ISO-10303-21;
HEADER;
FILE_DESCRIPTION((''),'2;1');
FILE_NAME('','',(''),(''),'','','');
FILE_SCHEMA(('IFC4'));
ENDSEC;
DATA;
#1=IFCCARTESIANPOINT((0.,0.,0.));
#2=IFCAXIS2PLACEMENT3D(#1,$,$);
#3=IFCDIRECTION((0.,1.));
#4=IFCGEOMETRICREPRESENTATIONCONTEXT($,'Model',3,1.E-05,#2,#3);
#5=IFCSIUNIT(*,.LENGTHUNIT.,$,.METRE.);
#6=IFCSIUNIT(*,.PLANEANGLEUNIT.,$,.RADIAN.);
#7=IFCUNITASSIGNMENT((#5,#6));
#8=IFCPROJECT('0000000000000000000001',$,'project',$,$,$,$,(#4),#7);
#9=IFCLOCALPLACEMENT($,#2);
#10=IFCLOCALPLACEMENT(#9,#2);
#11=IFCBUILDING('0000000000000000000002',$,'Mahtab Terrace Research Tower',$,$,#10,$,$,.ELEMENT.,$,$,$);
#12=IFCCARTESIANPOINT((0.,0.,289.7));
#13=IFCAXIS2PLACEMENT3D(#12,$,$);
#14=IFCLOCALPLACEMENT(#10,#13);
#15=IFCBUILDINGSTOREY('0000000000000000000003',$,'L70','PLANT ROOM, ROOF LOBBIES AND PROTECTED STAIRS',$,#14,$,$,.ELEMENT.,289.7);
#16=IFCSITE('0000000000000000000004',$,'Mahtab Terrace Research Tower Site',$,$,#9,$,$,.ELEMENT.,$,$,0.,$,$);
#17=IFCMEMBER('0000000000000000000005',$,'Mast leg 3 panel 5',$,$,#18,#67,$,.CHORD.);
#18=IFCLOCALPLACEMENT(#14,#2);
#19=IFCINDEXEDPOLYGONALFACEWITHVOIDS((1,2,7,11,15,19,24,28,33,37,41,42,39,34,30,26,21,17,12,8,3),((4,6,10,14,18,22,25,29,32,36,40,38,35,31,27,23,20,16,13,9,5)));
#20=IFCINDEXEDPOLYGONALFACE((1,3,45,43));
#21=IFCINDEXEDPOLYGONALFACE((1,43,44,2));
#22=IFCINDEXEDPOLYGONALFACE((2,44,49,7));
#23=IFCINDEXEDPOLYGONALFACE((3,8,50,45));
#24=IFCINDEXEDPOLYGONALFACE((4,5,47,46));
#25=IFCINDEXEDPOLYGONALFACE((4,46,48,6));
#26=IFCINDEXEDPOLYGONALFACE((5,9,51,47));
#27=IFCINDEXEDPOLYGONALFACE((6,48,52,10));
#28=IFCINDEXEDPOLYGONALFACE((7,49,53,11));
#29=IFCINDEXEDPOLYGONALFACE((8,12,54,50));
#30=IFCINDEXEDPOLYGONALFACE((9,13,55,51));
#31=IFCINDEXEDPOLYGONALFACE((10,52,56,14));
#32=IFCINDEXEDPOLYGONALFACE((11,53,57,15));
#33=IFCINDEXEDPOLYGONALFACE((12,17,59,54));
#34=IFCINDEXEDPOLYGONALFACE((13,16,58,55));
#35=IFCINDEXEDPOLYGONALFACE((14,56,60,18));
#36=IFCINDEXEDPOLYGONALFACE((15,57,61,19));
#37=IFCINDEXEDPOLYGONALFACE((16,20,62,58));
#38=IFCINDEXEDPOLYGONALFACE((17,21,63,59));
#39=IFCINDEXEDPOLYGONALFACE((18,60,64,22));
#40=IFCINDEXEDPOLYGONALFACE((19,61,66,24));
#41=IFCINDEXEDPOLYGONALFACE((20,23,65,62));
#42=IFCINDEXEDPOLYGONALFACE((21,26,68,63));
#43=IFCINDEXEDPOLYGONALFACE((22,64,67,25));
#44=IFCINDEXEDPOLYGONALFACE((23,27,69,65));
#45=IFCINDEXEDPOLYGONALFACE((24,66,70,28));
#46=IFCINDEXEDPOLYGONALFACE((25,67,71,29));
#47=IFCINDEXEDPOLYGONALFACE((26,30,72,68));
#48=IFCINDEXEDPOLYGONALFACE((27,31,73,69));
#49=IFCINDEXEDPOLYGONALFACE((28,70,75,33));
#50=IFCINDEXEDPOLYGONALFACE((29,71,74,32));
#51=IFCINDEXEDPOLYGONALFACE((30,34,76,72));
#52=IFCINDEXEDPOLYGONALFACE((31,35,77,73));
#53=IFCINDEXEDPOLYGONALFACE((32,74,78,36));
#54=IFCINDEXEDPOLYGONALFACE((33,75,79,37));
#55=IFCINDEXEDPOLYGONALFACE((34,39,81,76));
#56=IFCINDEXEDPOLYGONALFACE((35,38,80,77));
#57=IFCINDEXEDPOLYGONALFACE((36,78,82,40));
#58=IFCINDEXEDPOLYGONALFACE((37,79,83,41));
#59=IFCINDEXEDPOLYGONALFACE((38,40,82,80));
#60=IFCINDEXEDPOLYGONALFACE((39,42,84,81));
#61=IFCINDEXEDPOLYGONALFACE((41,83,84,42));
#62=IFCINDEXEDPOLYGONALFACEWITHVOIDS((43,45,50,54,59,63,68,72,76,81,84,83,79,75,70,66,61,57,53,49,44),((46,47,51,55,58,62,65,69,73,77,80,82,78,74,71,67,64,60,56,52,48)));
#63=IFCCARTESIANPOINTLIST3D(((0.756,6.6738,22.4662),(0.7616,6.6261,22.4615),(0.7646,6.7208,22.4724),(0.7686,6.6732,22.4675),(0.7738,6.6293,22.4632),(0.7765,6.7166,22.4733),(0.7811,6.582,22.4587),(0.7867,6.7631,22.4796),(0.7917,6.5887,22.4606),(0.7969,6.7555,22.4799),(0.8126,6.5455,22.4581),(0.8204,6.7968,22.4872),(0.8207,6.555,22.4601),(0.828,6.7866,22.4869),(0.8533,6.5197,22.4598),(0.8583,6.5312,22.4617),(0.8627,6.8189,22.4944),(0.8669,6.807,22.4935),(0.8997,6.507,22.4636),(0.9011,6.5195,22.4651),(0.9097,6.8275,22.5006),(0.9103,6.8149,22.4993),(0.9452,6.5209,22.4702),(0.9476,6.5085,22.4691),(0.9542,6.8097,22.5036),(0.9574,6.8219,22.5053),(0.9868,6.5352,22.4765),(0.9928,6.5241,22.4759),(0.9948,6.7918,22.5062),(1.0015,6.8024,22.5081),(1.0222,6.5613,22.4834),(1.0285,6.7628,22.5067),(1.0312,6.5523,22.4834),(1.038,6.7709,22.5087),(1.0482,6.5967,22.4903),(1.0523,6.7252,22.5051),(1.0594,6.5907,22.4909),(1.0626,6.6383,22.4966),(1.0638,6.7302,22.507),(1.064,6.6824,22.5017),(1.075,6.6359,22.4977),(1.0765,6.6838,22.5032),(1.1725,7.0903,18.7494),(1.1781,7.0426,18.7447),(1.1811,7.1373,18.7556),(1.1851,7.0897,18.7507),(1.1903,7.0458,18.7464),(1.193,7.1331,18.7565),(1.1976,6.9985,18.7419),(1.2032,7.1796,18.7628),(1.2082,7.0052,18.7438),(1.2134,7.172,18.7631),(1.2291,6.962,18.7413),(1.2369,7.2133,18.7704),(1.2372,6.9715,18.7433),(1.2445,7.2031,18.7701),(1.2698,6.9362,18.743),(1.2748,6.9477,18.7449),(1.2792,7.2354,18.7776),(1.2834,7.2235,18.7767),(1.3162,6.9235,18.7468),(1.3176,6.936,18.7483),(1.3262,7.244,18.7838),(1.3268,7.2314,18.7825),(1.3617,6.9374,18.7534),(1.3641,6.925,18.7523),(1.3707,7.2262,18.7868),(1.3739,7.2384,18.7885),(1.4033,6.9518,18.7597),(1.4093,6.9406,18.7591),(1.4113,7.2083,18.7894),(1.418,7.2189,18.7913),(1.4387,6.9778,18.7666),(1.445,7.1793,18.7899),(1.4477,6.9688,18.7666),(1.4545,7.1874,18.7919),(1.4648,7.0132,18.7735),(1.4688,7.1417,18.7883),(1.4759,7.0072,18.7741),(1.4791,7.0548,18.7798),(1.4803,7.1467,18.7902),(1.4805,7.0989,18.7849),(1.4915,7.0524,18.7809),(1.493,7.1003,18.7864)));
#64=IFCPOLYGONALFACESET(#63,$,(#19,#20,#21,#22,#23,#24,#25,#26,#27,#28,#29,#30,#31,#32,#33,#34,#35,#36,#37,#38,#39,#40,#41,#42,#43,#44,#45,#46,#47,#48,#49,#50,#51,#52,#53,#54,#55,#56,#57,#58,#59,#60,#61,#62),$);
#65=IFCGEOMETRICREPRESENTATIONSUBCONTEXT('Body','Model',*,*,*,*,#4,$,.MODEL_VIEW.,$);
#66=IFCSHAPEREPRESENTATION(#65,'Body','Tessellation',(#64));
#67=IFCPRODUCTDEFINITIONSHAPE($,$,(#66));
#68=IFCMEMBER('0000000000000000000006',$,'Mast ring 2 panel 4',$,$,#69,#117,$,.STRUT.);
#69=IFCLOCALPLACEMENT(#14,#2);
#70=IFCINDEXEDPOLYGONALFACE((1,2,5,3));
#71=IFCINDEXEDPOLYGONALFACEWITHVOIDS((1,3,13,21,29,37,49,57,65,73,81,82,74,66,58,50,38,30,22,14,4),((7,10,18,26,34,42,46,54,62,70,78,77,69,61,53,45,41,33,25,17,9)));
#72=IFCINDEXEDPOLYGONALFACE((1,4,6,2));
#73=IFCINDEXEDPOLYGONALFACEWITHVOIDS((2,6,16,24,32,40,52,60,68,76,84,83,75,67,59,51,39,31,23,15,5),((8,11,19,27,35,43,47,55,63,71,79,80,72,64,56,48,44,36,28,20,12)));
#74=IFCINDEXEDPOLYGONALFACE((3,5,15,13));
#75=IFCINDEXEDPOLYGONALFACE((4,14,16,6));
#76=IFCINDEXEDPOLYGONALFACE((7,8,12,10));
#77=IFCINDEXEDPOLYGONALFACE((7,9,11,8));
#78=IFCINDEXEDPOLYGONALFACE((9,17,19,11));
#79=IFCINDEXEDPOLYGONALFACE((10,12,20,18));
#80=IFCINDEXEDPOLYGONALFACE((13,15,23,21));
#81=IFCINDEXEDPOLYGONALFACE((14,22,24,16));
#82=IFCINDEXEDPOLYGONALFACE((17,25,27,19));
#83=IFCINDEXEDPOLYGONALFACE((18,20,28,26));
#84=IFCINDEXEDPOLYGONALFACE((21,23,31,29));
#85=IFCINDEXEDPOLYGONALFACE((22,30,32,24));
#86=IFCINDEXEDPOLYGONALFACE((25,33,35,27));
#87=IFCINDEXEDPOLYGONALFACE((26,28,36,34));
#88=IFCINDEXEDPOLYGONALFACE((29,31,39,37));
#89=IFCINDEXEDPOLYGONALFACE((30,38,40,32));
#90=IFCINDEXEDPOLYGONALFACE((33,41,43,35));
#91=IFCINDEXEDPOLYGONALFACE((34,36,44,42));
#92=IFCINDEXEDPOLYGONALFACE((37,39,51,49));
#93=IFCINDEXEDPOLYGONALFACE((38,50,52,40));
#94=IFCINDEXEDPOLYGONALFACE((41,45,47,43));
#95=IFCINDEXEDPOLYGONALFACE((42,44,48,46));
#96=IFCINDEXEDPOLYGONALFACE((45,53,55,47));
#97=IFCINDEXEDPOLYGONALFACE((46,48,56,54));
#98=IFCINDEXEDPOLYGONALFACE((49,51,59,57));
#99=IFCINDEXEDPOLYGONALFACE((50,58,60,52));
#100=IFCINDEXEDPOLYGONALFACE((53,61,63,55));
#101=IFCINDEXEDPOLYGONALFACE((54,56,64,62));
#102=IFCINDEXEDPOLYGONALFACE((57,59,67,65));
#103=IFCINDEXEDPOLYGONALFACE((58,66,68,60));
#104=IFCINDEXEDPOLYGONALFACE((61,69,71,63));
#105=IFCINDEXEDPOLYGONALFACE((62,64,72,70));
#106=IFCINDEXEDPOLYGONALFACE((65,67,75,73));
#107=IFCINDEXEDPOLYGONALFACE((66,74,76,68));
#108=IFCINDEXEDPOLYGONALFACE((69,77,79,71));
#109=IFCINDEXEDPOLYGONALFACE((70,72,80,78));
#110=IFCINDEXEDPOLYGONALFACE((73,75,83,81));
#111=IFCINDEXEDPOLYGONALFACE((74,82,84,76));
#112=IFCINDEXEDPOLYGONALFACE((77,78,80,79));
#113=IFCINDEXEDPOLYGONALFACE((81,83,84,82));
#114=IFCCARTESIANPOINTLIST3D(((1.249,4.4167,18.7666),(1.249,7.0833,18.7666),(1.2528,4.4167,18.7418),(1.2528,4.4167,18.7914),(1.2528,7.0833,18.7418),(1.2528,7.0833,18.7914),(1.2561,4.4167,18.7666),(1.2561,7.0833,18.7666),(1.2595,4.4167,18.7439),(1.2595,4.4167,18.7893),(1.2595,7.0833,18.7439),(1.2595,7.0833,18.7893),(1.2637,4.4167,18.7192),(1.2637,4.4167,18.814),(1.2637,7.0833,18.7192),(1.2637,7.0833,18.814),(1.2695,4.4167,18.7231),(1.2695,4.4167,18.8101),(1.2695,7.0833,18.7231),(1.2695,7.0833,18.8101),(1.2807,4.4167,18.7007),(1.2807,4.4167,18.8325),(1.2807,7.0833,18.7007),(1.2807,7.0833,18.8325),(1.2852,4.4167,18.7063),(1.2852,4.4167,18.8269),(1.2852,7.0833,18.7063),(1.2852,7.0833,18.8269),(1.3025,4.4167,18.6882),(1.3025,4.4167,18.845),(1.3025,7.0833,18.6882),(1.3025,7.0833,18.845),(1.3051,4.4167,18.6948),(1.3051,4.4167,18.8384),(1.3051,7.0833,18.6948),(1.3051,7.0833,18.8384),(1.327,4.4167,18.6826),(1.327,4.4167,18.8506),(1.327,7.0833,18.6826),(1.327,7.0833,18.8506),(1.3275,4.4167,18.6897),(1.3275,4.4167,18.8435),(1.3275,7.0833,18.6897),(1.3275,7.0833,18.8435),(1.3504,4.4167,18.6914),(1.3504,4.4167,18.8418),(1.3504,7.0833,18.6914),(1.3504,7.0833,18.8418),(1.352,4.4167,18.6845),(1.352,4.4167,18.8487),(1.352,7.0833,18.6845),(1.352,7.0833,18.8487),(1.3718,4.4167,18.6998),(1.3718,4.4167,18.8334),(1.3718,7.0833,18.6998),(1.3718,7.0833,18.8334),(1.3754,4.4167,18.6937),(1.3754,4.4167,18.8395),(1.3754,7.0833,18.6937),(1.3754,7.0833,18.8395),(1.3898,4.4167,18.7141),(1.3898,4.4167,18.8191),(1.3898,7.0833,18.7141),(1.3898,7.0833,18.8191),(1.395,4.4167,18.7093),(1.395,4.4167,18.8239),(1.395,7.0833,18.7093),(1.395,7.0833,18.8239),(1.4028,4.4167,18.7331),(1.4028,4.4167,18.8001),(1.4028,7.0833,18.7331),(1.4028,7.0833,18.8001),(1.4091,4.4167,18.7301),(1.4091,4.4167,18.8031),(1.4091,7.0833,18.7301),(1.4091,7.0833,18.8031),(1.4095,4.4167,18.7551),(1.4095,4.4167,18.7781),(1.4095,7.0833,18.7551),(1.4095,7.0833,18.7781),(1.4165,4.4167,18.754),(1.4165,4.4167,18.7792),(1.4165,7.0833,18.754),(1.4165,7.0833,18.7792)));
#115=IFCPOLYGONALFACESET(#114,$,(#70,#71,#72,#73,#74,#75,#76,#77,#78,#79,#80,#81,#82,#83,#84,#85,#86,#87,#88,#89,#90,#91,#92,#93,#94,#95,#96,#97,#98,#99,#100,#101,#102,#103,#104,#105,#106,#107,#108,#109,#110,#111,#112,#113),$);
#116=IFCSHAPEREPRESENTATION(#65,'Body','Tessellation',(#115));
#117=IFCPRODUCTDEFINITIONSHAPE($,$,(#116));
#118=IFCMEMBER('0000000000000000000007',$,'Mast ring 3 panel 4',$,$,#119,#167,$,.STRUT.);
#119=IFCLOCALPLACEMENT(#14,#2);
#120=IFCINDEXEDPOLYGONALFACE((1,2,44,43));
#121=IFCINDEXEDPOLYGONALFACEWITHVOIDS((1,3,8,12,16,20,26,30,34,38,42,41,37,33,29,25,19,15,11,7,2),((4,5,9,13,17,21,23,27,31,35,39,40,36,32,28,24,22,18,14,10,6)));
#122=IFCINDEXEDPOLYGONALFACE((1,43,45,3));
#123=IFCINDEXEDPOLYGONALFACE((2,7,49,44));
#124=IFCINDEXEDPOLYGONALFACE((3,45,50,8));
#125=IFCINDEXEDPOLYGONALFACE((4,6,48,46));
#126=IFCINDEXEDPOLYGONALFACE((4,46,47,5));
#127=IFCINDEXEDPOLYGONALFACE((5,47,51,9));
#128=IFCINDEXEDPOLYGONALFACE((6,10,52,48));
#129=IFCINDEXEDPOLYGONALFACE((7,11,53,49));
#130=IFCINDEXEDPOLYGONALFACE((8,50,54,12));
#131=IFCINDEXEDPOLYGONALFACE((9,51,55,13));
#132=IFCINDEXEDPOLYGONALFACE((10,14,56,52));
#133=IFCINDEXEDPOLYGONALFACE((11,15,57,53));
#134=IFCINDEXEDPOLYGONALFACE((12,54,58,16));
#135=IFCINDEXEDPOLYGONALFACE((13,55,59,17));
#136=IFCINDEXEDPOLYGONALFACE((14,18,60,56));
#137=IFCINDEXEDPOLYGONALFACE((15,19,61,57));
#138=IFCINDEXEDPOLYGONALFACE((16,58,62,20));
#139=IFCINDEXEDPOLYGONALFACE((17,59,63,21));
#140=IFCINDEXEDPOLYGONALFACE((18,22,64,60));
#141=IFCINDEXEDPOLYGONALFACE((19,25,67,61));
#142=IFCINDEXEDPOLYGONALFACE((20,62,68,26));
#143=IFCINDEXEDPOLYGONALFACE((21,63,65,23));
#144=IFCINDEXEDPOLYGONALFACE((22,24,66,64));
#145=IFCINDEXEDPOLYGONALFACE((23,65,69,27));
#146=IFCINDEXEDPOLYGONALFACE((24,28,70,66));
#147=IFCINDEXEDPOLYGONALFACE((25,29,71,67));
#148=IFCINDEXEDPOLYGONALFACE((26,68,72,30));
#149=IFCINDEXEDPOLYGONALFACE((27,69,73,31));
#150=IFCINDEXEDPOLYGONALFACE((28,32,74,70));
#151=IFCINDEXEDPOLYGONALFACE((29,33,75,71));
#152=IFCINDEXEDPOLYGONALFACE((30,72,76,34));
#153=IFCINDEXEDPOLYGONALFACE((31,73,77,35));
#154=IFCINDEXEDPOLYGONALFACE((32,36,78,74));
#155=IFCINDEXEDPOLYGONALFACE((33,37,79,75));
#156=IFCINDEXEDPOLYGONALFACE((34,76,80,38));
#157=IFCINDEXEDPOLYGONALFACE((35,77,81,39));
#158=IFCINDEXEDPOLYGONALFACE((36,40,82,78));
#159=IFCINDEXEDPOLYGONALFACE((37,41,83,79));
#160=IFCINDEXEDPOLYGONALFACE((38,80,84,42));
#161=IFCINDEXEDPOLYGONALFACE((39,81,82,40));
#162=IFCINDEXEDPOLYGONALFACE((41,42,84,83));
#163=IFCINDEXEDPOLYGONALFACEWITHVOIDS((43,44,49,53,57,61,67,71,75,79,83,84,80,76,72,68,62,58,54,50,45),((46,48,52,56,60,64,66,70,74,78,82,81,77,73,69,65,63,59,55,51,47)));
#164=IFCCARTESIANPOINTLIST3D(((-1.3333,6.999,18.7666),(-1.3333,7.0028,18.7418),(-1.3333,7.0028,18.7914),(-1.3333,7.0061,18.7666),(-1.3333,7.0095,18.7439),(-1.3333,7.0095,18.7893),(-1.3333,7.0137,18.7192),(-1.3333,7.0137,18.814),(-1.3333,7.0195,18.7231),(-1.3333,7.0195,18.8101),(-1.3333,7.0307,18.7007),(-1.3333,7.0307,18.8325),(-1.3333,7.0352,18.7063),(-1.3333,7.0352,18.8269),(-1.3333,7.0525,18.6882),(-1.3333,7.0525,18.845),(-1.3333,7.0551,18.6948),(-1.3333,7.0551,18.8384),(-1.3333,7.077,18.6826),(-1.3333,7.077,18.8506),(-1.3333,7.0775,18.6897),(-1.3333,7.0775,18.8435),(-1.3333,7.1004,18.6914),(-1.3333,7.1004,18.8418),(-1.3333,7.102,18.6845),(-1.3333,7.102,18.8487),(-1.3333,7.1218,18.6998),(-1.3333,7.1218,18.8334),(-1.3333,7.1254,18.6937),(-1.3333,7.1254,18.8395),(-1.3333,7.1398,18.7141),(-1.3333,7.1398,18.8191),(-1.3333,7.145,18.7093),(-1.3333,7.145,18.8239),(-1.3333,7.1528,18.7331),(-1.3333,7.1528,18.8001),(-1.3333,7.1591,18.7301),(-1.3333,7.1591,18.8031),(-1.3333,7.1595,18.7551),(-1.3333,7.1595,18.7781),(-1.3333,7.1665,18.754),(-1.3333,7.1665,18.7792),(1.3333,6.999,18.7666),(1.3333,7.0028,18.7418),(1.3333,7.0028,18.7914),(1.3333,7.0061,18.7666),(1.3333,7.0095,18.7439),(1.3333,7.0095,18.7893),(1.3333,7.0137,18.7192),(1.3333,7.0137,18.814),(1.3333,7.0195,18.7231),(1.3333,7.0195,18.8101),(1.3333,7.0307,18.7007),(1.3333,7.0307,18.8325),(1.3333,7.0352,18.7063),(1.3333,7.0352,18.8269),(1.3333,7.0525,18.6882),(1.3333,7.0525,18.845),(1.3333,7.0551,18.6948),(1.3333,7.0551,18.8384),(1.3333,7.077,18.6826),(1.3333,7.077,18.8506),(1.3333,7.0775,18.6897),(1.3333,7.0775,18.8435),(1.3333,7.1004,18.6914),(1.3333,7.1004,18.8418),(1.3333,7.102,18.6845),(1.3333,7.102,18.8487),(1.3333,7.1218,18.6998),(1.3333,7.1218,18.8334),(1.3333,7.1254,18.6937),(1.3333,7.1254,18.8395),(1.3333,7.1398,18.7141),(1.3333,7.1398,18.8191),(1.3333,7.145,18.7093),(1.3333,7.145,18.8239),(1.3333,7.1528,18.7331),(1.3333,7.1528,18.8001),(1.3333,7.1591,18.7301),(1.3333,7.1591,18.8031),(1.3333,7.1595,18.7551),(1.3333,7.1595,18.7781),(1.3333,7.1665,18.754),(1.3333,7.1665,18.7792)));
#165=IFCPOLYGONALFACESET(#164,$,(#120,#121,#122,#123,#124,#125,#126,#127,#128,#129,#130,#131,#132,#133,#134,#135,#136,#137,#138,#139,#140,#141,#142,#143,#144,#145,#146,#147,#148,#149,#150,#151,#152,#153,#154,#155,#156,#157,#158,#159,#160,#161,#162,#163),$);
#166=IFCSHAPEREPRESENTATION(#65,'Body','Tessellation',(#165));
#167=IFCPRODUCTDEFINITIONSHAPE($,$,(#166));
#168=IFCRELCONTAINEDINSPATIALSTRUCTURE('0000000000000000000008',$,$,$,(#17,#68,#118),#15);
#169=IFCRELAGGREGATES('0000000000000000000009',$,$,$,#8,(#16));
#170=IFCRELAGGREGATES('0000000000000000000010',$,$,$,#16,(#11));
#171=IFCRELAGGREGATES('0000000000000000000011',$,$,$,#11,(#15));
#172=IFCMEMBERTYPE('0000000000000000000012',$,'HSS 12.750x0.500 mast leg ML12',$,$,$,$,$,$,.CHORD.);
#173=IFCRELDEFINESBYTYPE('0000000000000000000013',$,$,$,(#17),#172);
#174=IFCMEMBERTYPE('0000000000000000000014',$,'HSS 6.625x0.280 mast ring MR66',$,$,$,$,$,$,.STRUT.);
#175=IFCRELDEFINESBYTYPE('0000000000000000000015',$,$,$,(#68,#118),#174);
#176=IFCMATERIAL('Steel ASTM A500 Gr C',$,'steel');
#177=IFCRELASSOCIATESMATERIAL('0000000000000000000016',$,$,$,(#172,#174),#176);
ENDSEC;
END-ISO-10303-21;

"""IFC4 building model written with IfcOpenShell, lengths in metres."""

from ifc_helpers import new_model, si_unit, direction, frame, origin, origin_2d, place, context, subcontext, project, spatial, hollow_circle, extrude, material, material_profile, profile_set, type_object, element, save


model = new_model("IFC4")

# Units and contexts
model_context = context("Model", 3, precision=1e-05, world=origin(), true_north=direction((0.0, 1.0)))
body_context = subcontext(model_context, "Body", "Model", "MODEL_VIEW")
ifc_project = project(units=[si_unit("LENGTHUNIT", "METRE"), si_unit("PLANEANGLEUNIT", "RADIAN")], contexts=[model_context])

# Site, building, storey
site_placement = place(None, origin())
site = spatial("IfcSite", under=ifc_project, at=site_placement, Name="Mahtab Terrace Research Tower Site", CompositionType="ELEMENT", RefElevation=0.0)
building_placement = place(site_placement, origin())
building = spatial("IfcBuilding", under=site, at=building_placement, Name="Mahtab Terrace Research Tower", CompositionType="ELEMENT")
storey_placement = place(building_placement, frame((0.0, 0.0, 289.7)))
storey = spatial("IfcBuildingStorey", under=building, at=storey_placement, Name="L70", Description="PLANT ROOM, ROOF LOBBIES AND PROTECTED STAIRS", CompositionType="ELEMENT", Elevation=289.7)

# Members
ifc_material_1 = material(Name="Steel ASTM A500 Gr C", Category="steel")
ifc_material_profile_1 = material_profile(ifc_material_1, hollow_circle(Radius=0.1619, WallThickness=0.0127, at=origin_2d()), Name="HSS12.750X0.500")
ifc_profile_set_1 = profile_set([ifc_material_profile_1], Name="Steel ASTM A500 Gr C")
member_type_1 = type_object("IfcMemberType", Name="HSS 12.750x0.500 mast leg ML12", PredefinedType="CHORD", material=ifc_profile_set_1)
for number, where, z_axis, x_axis, name in (
    (1, (1.3333, 7.0833, 18.7666), (-0.110679, -0.110679, 0.987674), (0.707107, -0.707107, 0.0), "Mast leg 3 panel 5"),
):
    element("IfcMember", number, at=place(storey_placement, frame(where, z_axis=z_axis, x_axis=x_axis)), inside=storey, type_object=member_type_1, Name=name, PredefinedType="CHORD", context=body_context, shape_type="SweptSolid", body=[
        extrude(hollow_circle(Radius=0.1619, WallThickness=0.0127, at=origin_2d()), origin(), (0.0, 0.0, 1.0), 3.7632),
    ])
ifc_material_profile_2 = material_profile(ifc_material_1, hollow_circle(Radius=0.0842, WallThickness=0.0071, at=origin_2d()), Name="HSS6.625X0.280")
ifc_profile_set_2 = profile_set([ifc_material_profile_2], Name="Steel ASTM A500 Gr C")
member_type_2 = type_object("IfcMemberType", Name="HSS 6.625x0.280 mast ring MR66", PredefinedType="STRUT", material=ifc_profile_set_2)
for number, where, z_axis, x_axis, name in (
    (2, (1.3333, 4.4167, 18.7666), (0.0, 1.0, 0.0), (-1.0, 0.0, 0.0), "Mast ring 2 panel 4"),
    (3, (1.3333, 7.0833, 18.7666), (-1.0, 0.0, 0.0), (0.0, -1.0, 0.0), "Mast ring 3 panel 4"),
):
    element("IfcMember", number, at=place(storey_placement, frame(where, z_axis=z_axis, x_axis=x_axis)), inside=storey, type_object=member_type_2, Name=name, PredefinedType="STRUT", context=body_context, shape_type="SweptSolid", body=[
        extrude(hollow_circle(Radius=0.0842, WallThickness=0.0071, at=origin_2d()), origin(), (0.0, 0.0, 1.0), 2.6665),
    ])

save(model, "model.ifc")
